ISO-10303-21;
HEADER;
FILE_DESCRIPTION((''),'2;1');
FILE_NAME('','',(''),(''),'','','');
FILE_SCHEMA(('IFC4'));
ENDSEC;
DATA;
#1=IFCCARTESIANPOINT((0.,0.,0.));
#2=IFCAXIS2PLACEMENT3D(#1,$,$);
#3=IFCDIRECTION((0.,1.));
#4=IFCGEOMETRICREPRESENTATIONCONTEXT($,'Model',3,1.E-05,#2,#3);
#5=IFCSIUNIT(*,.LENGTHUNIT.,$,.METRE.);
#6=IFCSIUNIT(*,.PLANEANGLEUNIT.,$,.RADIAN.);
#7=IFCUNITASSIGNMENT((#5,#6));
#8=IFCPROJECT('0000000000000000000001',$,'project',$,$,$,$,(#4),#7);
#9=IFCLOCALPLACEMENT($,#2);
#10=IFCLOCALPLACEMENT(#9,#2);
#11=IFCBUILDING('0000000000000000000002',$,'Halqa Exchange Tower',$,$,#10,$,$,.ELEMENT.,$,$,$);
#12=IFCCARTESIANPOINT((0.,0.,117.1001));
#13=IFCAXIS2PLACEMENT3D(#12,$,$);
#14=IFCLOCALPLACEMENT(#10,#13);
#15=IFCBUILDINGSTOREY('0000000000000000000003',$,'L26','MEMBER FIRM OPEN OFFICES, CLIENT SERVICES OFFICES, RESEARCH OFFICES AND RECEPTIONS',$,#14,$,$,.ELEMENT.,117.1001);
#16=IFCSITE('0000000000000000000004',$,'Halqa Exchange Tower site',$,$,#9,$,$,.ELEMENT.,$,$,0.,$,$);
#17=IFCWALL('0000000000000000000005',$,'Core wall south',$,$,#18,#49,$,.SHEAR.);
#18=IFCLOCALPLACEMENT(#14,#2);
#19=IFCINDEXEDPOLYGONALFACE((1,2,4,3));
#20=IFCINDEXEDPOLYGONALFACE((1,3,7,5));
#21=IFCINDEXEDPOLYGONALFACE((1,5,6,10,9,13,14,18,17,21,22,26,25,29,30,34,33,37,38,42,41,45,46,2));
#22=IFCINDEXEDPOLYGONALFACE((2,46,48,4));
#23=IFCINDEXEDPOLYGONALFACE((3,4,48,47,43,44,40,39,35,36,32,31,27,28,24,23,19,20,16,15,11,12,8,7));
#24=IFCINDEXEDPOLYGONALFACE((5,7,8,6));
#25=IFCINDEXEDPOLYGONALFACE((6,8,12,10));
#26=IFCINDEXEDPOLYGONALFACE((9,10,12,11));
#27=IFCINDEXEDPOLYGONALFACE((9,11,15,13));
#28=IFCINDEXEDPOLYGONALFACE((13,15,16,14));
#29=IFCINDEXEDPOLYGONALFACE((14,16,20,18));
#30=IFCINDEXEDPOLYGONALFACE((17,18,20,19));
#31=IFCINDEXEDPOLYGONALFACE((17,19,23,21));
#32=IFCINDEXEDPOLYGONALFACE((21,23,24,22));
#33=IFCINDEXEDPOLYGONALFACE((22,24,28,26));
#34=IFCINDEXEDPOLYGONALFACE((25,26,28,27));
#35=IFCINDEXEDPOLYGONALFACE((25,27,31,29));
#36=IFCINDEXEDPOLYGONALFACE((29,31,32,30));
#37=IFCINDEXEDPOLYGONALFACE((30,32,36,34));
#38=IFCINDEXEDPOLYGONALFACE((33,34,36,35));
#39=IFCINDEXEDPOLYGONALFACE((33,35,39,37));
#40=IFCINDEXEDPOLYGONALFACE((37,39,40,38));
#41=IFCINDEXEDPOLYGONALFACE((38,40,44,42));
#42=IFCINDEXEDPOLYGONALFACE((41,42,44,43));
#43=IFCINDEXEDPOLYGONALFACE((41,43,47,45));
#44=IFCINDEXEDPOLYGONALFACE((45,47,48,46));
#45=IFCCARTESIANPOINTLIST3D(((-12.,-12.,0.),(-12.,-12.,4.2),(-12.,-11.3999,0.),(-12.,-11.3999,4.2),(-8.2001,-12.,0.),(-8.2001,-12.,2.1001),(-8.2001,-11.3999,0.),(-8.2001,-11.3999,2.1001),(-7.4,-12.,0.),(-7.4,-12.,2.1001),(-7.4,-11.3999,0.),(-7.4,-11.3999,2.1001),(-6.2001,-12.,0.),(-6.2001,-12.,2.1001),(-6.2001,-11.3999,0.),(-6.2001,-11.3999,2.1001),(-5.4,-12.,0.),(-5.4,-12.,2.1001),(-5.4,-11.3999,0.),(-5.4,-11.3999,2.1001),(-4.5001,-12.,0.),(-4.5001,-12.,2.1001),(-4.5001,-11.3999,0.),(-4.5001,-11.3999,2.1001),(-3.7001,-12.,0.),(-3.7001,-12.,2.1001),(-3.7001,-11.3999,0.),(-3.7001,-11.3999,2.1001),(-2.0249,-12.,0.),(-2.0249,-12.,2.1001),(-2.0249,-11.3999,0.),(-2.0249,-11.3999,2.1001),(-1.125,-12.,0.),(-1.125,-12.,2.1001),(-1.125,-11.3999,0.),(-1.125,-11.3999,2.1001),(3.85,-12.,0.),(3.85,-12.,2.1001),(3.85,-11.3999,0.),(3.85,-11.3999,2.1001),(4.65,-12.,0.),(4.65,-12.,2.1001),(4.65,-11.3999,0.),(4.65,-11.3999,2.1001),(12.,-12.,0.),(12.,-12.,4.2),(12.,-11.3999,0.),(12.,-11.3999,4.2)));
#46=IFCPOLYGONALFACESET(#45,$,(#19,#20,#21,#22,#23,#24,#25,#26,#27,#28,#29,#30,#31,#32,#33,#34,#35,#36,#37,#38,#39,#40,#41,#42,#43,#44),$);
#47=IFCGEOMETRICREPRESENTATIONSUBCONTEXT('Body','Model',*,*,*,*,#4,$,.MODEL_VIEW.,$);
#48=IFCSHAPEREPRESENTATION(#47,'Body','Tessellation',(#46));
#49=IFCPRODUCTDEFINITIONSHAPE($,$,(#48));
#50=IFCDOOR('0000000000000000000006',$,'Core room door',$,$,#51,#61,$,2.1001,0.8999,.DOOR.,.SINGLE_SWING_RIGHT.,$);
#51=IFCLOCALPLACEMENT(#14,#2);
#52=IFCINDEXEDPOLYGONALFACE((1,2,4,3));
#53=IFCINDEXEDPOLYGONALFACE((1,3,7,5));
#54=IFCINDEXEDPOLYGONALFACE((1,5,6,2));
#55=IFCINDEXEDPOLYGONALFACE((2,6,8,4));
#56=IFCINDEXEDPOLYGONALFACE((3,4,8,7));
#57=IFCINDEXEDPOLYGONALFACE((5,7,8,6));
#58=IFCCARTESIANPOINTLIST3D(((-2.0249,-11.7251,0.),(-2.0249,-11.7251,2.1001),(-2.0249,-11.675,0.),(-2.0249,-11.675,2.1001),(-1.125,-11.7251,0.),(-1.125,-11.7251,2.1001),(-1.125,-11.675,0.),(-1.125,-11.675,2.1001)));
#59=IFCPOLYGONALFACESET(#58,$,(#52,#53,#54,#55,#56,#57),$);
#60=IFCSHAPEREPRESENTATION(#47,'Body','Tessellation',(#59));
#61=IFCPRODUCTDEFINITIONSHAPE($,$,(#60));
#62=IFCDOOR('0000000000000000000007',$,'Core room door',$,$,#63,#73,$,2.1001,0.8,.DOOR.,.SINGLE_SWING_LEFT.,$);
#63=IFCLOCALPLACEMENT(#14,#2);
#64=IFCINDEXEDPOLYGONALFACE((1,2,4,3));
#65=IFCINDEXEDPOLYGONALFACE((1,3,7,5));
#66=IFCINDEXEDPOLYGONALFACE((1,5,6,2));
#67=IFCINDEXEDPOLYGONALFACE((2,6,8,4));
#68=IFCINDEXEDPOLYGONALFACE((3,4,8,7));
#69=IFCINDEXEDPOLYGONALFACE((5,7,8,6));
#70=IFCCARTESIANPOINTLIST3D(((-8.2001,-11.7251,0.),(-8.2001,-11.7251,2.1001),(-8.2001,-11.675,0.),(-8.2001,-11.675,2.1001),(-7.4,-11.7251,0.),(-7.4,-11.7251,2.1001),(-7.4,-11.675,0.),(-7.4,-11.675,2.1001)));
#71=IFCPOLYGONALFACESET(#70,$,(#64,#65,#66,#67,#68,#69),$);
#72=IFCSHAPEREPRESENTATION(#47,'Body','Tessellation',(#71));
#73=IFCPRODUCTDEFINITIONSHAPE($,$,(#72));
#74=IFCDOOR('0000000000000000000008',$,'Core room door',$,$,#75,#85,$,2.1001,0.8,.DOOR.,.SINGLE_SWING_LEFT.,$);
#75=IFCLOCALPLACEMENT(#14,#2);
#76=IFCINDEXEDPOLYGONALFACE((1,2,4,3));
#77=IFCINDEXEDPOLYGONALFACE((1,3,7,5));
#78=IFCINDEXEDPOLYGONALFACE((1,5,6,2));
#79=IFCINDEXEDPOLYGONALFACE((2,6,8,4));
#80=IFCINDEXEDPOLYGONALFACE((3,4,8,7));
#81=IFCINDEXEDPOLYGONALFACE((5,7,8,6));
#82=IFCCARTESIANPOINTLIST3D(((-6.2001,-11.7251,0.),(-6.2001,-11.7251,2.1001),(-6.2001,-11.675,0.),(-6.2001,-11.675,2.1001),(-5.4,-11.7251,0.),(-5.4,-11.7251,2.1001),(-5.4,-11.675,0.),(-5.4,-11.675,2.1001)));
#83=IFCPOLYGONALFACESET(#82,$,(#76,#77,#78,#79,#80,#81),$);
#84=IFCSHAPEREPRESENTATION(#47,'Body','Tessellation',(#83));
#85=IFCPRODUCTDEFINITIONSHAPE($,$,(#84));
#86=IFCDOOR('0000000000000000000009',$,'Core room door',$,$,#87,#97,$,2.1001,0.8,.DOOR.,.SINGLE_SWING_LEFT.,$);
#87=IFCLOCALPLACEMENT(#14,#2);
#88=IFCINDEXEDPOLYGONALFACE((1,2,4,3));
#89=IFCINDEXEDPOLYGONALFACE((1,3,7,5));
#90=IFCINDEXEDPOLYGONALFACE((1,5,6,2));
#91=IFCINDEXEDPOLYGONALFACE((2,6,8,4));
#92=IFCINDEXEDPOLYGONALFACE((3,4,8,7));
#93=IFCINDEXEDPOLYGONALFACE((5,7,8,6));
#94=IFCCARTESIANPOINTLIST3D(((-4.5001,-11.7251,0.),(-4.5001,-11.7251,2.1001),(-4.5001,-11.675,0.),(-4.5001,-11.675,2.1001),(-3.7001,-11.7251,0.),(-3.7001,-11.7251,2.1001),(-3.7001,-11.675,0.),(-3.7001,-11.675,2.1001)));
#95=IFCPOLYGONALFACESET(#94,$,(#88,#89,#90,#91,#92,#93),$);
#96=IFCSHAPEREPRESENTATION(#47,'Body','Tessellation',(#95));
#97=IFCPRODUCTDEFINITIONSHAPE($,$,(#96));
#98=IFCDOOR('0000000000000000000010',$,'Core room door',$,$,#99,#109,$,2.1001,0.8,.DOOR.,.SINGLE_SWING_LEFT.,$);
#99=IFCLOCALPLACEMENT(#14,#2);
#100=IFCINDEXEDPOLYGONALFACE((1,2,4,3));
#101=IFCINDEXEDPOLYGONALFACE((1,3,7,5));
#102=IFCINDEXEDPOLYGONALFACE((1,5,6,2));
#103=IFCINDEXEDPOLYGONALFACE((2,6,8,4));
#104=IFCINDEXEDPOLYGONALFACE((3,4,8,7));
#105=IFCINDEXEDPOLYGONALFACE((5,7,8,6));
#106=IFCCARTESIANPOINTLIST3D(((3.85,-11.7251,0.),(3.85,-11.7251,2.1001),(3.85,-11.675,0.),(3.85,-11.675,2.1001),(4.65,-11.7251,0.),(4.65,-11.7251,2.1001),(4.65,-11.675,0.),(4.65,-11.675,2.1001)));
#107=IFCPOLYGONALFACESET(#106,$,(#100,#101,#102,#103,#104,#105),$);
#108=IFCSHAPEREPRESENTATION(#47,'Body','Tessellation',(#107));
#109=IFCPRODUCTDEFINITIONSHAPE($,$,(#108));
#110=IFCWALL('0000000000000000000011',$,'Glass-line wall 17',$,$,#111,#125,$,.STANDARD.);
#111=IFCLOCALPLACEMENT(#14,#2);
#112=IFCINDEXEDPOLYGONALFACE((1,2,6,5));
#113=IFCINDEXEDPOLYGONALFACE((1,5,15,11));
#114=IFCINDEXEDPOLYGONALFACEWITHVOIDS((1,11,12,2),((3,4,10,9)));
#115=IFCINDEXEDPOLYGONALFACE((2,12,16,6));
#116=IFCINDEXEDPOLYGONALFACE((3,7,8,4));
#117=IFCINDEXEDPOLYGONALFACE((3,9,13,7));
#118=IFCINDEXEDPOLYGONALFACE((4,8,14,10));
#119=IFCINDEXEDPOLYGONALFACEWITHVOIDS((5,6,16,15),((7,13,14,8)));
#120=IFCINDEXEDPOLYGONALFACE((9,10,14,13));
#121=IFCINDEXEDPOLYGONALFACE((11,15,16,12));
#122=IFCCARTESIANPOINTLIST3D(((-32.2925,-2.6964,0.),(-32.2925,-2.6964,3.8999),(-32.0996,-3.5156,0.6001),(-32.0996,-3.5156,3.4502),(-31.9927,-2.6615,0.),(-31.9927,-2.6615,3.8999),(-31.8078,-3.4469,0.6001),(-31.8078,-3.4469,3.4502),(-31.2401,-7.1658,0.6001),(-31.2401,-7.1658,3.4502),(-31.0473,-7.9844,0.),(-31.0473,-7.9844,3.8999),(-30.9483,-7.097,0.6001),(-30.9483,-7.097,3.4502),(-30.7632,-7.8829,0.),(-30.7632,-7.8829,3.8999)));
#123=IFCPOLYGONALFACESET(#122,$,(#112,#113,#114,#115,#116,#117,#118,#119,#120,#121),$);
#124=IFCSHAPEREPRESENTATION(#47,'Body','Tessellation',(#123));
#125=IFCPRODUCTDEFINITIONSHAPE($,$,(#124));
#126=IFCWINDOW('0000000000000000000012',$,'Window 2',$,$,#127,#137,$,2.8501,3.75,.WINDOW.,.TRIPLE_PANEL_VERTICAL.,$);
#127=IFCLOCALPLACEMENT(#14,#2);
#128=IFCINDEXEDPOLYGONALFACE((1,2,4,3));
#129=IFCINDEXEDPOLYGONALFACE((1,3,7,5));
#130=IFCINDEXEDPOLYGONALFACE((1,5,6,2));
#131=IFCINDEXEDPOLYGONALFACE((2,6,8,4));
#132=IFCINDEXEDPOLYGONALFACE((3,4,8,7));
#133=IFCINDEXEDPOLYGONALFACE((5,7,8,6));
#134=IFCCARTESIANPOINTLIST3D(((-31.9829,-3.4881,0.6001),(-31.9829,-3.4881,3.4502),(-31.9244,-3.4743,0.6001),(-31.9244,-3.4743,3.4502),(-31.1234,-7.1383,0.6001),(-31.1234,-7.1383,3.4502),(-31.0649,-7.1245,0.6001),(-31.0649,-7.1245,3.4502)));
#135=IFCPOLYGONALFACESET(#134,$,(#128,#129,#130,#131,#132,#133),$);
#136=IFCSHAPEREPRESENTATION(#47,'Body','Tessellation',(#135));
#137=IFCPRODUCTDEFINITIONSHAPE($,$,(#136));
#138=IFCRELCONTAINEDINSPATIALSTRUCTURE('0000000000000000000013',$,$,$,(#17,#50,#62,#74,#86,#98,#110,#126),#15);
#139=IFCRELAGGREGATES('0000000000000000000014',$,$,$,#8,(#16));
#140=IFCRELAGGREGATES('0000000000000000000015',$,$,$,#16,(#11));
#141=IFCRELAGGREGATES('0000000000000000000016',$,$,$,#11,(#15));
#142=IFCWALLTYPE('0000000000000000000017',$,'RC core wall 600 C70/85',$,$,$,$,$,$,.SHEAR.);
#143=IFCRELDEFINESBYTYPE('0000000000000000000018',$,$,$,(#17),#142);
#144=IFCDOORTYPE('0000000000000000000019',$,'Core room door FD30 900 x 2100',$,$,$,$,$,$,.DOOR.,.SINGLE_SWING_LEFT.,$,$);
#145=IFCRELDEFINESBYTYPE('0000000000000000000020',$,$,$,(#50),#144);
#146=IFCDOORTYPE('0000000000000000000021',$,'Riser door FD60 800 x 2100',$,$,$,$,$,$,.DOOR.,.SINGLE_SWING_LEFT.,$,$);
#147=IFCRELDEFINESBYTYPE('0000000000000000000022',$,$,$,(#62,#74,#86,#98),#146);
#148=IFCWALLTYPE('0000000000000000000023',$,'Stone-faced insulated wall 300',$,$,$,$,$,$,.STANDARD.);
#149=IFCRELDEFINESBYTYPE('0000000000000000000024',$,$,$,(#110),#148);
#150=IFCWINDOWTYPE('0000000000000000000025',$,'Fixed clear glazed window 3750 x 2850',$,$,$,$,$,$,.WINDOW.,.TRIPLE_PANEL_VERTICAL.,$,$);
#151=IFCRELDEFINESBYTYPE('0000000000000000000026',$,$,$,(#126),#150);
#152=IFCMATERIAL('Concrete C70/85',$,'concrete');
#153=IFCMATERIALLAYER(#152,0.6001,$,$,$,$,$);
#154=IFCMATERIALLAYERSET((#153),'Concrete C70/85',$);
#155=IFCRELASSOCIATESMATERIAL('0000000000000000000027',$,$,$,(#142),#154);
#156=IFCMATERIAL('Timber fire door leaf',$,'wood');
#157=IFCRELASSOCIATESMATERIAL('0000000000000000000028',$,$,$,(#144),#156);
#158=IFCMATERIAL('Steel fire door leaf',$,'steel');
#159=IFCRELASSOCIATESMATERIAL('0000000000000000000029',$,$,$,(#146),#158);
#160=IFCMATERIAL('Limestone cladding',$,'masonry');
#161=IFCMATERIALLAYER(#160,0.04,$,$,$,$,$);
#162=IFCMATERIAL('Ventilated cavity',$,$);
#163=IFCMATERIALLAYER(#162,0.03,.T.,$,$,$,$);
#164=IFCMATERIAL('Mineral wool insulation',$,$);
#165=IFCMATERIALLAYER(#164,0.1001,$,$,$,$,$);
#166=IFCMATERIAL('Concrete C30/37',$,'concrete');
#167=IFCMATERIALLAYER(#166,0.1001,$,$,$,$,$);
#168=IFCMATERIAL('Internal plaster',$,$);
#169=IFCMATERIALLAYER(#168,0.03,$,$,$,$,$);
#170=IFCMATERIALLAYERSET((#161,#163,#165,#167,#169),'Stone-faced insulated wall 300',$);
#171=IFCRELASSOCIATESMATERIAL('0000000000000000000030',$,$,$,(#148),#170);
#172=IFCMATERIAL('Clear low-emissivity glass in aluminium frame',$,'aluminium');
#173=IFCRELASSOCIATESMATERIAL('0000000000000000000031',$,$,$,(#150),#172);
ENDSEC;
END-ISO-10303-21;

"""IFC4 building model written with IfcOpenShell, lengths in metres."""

from ifc_helpers import new_model, si_unit, direction, frame, frame_2d, origin, place, context, subcontext, project, spatial, polyline, rectangle, outline, extrude, material, layer, layer_set, type_object, element, fill, save


model = new_model("IFC4")

# Units and contexts
model_context = context("Model", 3, precision=1e-05, world=origin(), true_north=direction((0.0, 1.0)))
body_context = subcontext(model_context, "Body", "Model", "MODEL_VIEW")
ifc_project = project(units=[si_unit("LENGTHUNIT", "METRE"), si_unit("PLANEANGLEUNIT", "RADIAN")], contexts=[model_context])

# Site, building, storey
site_placement = place(None, origin())
site = spatial("IfcSite", under=ifc_project, at=site_placement, Name="Halqa Exchange Tower site", CompositionType="ELEMENT", RefElevation=0.0)
building_placement = place(site_placement, origin())
building = spatial("IfcBuilding", under=site, at=building_placement, Name="Halqa Exchange Tower", CompositionType="ELEMENT")
storey_placement = place(building_placement, frame((0.0, 0.0, 117.1001)))
storey = spatial("IfcBuildingStorey", under=building, at=storey_placement, Name="L26", Description="MEMBER FIRM OPEN OFFICES, CLIENT SERVICES OFFICES, RESEARCH OFFICES AND RECEPTIONS", CompositionType="ELEMENT", Elevation=117.1001)

# Shared definitions
ifc_material_1 = material(Name="Concrete C70/85", Category="concrete")

# Wall, openings, doors
ifc_layer_1 = layer(ifc_material_1, 0.6001)
ifc_layer_set_1 = layer_set([ifc_layer_1], Name="Concrete C70/85")
wall_type_1 = type_object("IfcWallType", Name="RC core wall 600 C70/85", PredefinedType="SHEAR", material=ifc_layer_set_1)
wall_1_placement = place(storey_placement, frame((-12.0, -11.7, 0.0), z_axis=(0.0, 0.0, 1.0), x_axis=(1.0, 0.0, 0.0)))
wall_1 = element("IfcWall", 1, at=wall_1_placement, inside=storey, type_object=wall_type_1, Name="Core wall south", PredefinedType="SHEAR", context=body_context, shape_type="SweptSolid", body=[
    extrude(rectangle(XDim=24.0, YDim=0.6001, at=frame_2d((12.0, 0.0))), origin(), (0.0, 0.0, 1.0), 4.2),
])
opening_1_placement = place(wall_1_placement, frame((9.9751, 0.0, 0.0)))
opening_1 = element("IfcOpeningElement", 2, at=opening_1_placement, cuts=wall_1, PredefinedType="OPENING", context=body_context, shape_type="SweptSolid", body=[
    extrude(rectangle(XDim=0.8999, YDim=2.1001, at=frame_2d((0.45, 1.05))), frame((0.0, 0.312, 0.0), z_axis=(0.0, -1.0, 0.0), x_axis=(1.0, 0.0, 0.0)), (0.0, 0.0, 1.0), 0.624),
])
opening_2_placement = place(wall_1_placement, frame((3.8, 0.0, 0.0)))
opening_2 = element("IfcOpeningElement", 3, at=opening_2_placement, cuts=wall_1, PredefinedType="OPENING", context=body_context, shape_type="SweptSolid", body=[
    extrude(rectangle(XDim=0.8, YDim=2.1001, at=frame_2d((0.3999, 1.05))), frame((0.0, 0.312, 0.0), z_axis=(0.0, -1.0, 0.0), x_axis=(1.0, 0.0, 0.0)), (0.0, 0.0, 1.0), 0.624),
])
opening_3_placement = place(wall_1_placement, frame((5.8, 0.0, 0.0)))
opening_3 = element("IfcOpeningElement", 4, at=opening_3_placement, cuts=wall_1, PredefinedType="OPENING", context=body_context, shape_type="SweptSolid", body=[
    extrude(rectangle(XDim=0.8, YDim=2.1001, at=frame_2d((0.3999, 1.05))), frame((0.0, 0.312, 0.0), z_axis=(0.0, -1.0, 0.0), x_axis=(1.0, 0.0, 0.0)), (0.0, 0.0, 1.0), 0.624),
])
opening_4_placement = place(wall_1_placement, frame((7.5, 0.0, 0.0)))
opening_4 = element("IfcOpeningElement", 5, at=opening_4_placement, cuts=wall_1, PredefinedType="OPENING", context=body_context, shape_type="SweptSolid", body=[
    extrude(rectangle(XDim=0.8, YDim=2.1001, at=frame_2d((0.3999, 1.05))), frame((0.0, 0.312, 0.0), z_axis=(0.0, -1.0, 0.0), x_axis=(1.0, 0.0, 0.0)), (0.0, 0.0, 1.0), 0.624),
])
opening_5_placement = place(wall_1_placement, frame((15.8501, 0.0, 0.0)))
opening_5 = element("IfcOpeningElement", 6, at=opening_5_placement, cuts=wall_1, PredefinedType="OPENING", context=body_context, shape_type="SweptSolid", body=[
    extrude(rectangle(XDim=0.8, YDim=2.1001, at=frame_2d((0.3999, 1.05))), frame((0.0, 0.312, 0.0), z_axis=(0.0, -1.0, 0.0), x_axis=(1.0, 0.0, 0.0)), (0.0, 0.0, 1.0), 0.624),
])
ifc_material_2 = material(Name="Timber fire door leaf", Category="wood")
door_type_1 = type_object("IfcDoorType", Name="Core room door FD30 900 x 2100", OperationType="SINGLE_SWING_LEFT", PredefinedType="DOOR", material=ifc_material_2)
door_1_placement = place(opening_1_placement, origin())
door_1 = element("IfcDoor", 7, at=door_1_placement, inside=storey, type_object=door_type_1, Name="Core room door", OperationType="SINGLE_SWING_RIGHT", OverallHeight=2.1001, OverallWidth=0.8999, PredefinedType="DOOR", context=body_context, shape_type="SweptSolid", body=[
    extrude(rectangle(XDim=0.8999, YDim=2.1001, at=frame_2d((0.45, 1.05))), frame((0.0, 0.0249, 0.0), z_axis=(0.0, -1.0, 0.0), x_axis=(1.0, 0.0, 0.0)), (0.0, 0.0, 1.0), 0.05),
])
fill(opening_1, door_1)
ifc_material_3 = material(Name="Steel fire door leaf", Category="steel")
door_type_2 = type_object("IfcDoorType", Name="Riser door FD60 800 x 2100", OperationType="SINGLE_SWING_LEFT", PredefinedType="DOOR", material=ifc_material_3)
door_2_placement = place(opening_2_placement, origin())
door_2 = element("IfcDoor", 8, at=door_2_placement, inside=storey, type_object=door_type_2, Name="Core room door", OperationType="SINGLE_SWING_LEFT", OverallHeight=2.1001, OverallWidth=0.8, PredefinedType="DOOR", context=body_context, shape_type="SweptSolid", body=[
    extrude(rectangle(XDim=0.8, YDim=2.1001, at=frame_2d((0.3999, 1.05))), frame((0.0, 0.0249, 0.0), z_axis=(0.0, -1.0, 0.0), x_axis=(1.0, 0.0, 0.0)), (0.0, 0.0, 1.0), 0.05),
])
fill(opening_2, door_2)
door_3_placement = place(opening_3_placement, origin())
door_3 = element("IfcDoor", 9, at=door_3_placement, inside=storey, type_object=door_type_2, Name="Core room door", OperationType="SINGLE_SWING_LEFT", OverallHeight=2.1001, OverallWidth=0.8, PredefinedType="DOOR", context=body_context, shape_type="SweptSolid", body=[
    extrude(rectangle(XDim=0.8, YDim=2.1001, at=frame_2d((0.3999, 1.05))), frame((0.0, 0.0249, 0.0), z_axis=(0.0, -1.0, 0.0), x_axis=(1.0, 0.0, 0.0)), (0.0, 0.0, 1.0), 0.05),
])
fill(opening_3, door_3)
door_4_placement = place(opening_4_placement, origin())
door_4 = element("IfcDoor", 10, at=door_4_placement, inside=storey, type_object=door_type_2, Name="Core room door", OperationType="SINGLE_SWING_LEFT", OverallHeight=2.1001, OverallWidth=0.8, PredefinedType="DOOR", context=body_context, shape_type="SweptSolid", body=[
    extrude(rectangle(XDim=0.8, YDim=2.1001, at=frame_2d((0.3999, 1.05))), frame((0.0, 0.0249, 0.0), z_axis=(0.0, -1.0, 0.0), x_axis=(1.0, 0.0, 0.0)), (0.0, 0.0, 1.0), 0.05),
])
fill(opening_4, door_4)
door_5_placement = place(opening_5_placement, origin())
door_5 = element("IfcDoor", 11, at=door_5_placement, inside=storey, type_object=door_type_2, Name="Core room door", OperationType="SINGLE_SWING_LEFT", OverallHeight=2.1001, OverallWidth=0.8, PredefinedType="DOOR", context=body_context, shape_type="SweptSolid", body=[
    extrude(rectangle(XDim=0.8, YDim=2.1001, at=frame_2d((0.3999, 1.05))), frame((0.0, 0.0249, 0.0), z_axis=(0.0, -1.0, 0.0), x_axis=(1.0, 0.0, 0.0)), (0.0, 0.0, 1.0), 0.05),
])
fill(opening_5, door_5)

# Wall, opening, window
ifc_material_4 = material(Name="Limestone cladding", Category="masonry")
ifc_layer_2 = layer(ifc_material_4, 0.04)
ifc_material_5 = material(Name="Ventilated cavity")
ifc_layer_3 = layer(ifc_material_5, 0.03, ventilated=True)
ifc_material_6 = material(Name="Mineral wool insulation")
ifc_layer_4 = layer(ifc_material_6, 0.1001)
ifc_material_7 = material(Name="Concrete C30/37", Category="concrete")
ifc_layer_5 = layer(ifc_material_7, 0.1001)
ifc_material_8 = material(Name="Internal plaster")
ifc_layer_6 = layer(ifc_material_8, 0.03)
ifc_layer_set_2 = layer_set([ifc_layer_2, ifc_layer_3, ifc_layer_4, ifc_layer_5, ifc_layer_6], Name="Stone-faced insulated wall 300")
wall_type_2 = type_object("IfcWallType", Name="Stone-faced insulated wall 300", PredefinedType="STANDARD", material=ifc_layer_set_2)
wall_2_placement = place(storey_placement, frame((-32.1426, -2.679, 0.0), z_axis=(0.0, 0.0, 1.0), x_axis=(0.229201, -0.973379, 0.0)))
wall_2 = element("IfcWall", 12, at=wall_2_placement, inside=storey, type_object=wall_type_2, Name="Glass-line wall 17", PredefinedType="STANDARD", context=body_context, shape_type="SweptSolid", body=[
    extrude(outline(polyline([(-0.0173, -0.1499), (5.4153, -0.1499), (5.3816, 0.1499), (0.0173, 0.1499), (-0.0173, -0.1499)])), origin(), (0.0, 0.0, 1.0), 3.8999),
])
opening_6_placement = place(wall_2_placement, frame((0.8242, 0.0, 0.6001)))
opening_6 = element("IfcOpeningElement", 13, at=opening_6_placement, cuts=wall_2, PredefinedType="OPENING", context=body_context, shape_type="SweptSolid", body=[
    extrude(rectangle(XDim=3.75, YDim=2.8501, at=frame_2d((1.875, 1.425))), frame((0.0, 0.1621, 0.0), z_axis=(0.0, -1.0, 0.0), x_axis=(1.0, 0.0, 0.0)), (0.0, 0.0, 1.0), 0.324),
])
ifc_material_9 = material(Name="Clear low-emissivity glass in aluminium frame", Category="aluminium")
window_type = type_object("IfcWindowType", Name="Fixed clear glazed window 3750 x 2850", PartitioningType="TRIPLE_PANEL_VERTICAL", PredefinedType="WINDOW", material=ifc_material_9)
window_1_placement = place(opening_6_placement, origin())
window_1 = element("IfcWindow", 14, at=window_1_placement, inside=storey, type_object=window_type, Name="Window 2", OverallHeight=2.8501, OverallWidth=3.75, PartitioningType="TRIPLE_PANEL_VERTICAL", PredefinedType="WINDOW", context=body_context, shape_type="SweptSolid", body=[
    extrude(rectangle(XDim=3.75, YDim=2.8501, at=frame_2d((1.875, 1.425))), frame((0.0, 0.03, 0.0), z_axis=(0.0, -1.0, 0.0), x_axis=(1.0, 0.0, 0.0)), (0.0, 0.0, 1.0), 0.0601),
])
fill(opening_6, window_1)

save(model, "model.ifc")
